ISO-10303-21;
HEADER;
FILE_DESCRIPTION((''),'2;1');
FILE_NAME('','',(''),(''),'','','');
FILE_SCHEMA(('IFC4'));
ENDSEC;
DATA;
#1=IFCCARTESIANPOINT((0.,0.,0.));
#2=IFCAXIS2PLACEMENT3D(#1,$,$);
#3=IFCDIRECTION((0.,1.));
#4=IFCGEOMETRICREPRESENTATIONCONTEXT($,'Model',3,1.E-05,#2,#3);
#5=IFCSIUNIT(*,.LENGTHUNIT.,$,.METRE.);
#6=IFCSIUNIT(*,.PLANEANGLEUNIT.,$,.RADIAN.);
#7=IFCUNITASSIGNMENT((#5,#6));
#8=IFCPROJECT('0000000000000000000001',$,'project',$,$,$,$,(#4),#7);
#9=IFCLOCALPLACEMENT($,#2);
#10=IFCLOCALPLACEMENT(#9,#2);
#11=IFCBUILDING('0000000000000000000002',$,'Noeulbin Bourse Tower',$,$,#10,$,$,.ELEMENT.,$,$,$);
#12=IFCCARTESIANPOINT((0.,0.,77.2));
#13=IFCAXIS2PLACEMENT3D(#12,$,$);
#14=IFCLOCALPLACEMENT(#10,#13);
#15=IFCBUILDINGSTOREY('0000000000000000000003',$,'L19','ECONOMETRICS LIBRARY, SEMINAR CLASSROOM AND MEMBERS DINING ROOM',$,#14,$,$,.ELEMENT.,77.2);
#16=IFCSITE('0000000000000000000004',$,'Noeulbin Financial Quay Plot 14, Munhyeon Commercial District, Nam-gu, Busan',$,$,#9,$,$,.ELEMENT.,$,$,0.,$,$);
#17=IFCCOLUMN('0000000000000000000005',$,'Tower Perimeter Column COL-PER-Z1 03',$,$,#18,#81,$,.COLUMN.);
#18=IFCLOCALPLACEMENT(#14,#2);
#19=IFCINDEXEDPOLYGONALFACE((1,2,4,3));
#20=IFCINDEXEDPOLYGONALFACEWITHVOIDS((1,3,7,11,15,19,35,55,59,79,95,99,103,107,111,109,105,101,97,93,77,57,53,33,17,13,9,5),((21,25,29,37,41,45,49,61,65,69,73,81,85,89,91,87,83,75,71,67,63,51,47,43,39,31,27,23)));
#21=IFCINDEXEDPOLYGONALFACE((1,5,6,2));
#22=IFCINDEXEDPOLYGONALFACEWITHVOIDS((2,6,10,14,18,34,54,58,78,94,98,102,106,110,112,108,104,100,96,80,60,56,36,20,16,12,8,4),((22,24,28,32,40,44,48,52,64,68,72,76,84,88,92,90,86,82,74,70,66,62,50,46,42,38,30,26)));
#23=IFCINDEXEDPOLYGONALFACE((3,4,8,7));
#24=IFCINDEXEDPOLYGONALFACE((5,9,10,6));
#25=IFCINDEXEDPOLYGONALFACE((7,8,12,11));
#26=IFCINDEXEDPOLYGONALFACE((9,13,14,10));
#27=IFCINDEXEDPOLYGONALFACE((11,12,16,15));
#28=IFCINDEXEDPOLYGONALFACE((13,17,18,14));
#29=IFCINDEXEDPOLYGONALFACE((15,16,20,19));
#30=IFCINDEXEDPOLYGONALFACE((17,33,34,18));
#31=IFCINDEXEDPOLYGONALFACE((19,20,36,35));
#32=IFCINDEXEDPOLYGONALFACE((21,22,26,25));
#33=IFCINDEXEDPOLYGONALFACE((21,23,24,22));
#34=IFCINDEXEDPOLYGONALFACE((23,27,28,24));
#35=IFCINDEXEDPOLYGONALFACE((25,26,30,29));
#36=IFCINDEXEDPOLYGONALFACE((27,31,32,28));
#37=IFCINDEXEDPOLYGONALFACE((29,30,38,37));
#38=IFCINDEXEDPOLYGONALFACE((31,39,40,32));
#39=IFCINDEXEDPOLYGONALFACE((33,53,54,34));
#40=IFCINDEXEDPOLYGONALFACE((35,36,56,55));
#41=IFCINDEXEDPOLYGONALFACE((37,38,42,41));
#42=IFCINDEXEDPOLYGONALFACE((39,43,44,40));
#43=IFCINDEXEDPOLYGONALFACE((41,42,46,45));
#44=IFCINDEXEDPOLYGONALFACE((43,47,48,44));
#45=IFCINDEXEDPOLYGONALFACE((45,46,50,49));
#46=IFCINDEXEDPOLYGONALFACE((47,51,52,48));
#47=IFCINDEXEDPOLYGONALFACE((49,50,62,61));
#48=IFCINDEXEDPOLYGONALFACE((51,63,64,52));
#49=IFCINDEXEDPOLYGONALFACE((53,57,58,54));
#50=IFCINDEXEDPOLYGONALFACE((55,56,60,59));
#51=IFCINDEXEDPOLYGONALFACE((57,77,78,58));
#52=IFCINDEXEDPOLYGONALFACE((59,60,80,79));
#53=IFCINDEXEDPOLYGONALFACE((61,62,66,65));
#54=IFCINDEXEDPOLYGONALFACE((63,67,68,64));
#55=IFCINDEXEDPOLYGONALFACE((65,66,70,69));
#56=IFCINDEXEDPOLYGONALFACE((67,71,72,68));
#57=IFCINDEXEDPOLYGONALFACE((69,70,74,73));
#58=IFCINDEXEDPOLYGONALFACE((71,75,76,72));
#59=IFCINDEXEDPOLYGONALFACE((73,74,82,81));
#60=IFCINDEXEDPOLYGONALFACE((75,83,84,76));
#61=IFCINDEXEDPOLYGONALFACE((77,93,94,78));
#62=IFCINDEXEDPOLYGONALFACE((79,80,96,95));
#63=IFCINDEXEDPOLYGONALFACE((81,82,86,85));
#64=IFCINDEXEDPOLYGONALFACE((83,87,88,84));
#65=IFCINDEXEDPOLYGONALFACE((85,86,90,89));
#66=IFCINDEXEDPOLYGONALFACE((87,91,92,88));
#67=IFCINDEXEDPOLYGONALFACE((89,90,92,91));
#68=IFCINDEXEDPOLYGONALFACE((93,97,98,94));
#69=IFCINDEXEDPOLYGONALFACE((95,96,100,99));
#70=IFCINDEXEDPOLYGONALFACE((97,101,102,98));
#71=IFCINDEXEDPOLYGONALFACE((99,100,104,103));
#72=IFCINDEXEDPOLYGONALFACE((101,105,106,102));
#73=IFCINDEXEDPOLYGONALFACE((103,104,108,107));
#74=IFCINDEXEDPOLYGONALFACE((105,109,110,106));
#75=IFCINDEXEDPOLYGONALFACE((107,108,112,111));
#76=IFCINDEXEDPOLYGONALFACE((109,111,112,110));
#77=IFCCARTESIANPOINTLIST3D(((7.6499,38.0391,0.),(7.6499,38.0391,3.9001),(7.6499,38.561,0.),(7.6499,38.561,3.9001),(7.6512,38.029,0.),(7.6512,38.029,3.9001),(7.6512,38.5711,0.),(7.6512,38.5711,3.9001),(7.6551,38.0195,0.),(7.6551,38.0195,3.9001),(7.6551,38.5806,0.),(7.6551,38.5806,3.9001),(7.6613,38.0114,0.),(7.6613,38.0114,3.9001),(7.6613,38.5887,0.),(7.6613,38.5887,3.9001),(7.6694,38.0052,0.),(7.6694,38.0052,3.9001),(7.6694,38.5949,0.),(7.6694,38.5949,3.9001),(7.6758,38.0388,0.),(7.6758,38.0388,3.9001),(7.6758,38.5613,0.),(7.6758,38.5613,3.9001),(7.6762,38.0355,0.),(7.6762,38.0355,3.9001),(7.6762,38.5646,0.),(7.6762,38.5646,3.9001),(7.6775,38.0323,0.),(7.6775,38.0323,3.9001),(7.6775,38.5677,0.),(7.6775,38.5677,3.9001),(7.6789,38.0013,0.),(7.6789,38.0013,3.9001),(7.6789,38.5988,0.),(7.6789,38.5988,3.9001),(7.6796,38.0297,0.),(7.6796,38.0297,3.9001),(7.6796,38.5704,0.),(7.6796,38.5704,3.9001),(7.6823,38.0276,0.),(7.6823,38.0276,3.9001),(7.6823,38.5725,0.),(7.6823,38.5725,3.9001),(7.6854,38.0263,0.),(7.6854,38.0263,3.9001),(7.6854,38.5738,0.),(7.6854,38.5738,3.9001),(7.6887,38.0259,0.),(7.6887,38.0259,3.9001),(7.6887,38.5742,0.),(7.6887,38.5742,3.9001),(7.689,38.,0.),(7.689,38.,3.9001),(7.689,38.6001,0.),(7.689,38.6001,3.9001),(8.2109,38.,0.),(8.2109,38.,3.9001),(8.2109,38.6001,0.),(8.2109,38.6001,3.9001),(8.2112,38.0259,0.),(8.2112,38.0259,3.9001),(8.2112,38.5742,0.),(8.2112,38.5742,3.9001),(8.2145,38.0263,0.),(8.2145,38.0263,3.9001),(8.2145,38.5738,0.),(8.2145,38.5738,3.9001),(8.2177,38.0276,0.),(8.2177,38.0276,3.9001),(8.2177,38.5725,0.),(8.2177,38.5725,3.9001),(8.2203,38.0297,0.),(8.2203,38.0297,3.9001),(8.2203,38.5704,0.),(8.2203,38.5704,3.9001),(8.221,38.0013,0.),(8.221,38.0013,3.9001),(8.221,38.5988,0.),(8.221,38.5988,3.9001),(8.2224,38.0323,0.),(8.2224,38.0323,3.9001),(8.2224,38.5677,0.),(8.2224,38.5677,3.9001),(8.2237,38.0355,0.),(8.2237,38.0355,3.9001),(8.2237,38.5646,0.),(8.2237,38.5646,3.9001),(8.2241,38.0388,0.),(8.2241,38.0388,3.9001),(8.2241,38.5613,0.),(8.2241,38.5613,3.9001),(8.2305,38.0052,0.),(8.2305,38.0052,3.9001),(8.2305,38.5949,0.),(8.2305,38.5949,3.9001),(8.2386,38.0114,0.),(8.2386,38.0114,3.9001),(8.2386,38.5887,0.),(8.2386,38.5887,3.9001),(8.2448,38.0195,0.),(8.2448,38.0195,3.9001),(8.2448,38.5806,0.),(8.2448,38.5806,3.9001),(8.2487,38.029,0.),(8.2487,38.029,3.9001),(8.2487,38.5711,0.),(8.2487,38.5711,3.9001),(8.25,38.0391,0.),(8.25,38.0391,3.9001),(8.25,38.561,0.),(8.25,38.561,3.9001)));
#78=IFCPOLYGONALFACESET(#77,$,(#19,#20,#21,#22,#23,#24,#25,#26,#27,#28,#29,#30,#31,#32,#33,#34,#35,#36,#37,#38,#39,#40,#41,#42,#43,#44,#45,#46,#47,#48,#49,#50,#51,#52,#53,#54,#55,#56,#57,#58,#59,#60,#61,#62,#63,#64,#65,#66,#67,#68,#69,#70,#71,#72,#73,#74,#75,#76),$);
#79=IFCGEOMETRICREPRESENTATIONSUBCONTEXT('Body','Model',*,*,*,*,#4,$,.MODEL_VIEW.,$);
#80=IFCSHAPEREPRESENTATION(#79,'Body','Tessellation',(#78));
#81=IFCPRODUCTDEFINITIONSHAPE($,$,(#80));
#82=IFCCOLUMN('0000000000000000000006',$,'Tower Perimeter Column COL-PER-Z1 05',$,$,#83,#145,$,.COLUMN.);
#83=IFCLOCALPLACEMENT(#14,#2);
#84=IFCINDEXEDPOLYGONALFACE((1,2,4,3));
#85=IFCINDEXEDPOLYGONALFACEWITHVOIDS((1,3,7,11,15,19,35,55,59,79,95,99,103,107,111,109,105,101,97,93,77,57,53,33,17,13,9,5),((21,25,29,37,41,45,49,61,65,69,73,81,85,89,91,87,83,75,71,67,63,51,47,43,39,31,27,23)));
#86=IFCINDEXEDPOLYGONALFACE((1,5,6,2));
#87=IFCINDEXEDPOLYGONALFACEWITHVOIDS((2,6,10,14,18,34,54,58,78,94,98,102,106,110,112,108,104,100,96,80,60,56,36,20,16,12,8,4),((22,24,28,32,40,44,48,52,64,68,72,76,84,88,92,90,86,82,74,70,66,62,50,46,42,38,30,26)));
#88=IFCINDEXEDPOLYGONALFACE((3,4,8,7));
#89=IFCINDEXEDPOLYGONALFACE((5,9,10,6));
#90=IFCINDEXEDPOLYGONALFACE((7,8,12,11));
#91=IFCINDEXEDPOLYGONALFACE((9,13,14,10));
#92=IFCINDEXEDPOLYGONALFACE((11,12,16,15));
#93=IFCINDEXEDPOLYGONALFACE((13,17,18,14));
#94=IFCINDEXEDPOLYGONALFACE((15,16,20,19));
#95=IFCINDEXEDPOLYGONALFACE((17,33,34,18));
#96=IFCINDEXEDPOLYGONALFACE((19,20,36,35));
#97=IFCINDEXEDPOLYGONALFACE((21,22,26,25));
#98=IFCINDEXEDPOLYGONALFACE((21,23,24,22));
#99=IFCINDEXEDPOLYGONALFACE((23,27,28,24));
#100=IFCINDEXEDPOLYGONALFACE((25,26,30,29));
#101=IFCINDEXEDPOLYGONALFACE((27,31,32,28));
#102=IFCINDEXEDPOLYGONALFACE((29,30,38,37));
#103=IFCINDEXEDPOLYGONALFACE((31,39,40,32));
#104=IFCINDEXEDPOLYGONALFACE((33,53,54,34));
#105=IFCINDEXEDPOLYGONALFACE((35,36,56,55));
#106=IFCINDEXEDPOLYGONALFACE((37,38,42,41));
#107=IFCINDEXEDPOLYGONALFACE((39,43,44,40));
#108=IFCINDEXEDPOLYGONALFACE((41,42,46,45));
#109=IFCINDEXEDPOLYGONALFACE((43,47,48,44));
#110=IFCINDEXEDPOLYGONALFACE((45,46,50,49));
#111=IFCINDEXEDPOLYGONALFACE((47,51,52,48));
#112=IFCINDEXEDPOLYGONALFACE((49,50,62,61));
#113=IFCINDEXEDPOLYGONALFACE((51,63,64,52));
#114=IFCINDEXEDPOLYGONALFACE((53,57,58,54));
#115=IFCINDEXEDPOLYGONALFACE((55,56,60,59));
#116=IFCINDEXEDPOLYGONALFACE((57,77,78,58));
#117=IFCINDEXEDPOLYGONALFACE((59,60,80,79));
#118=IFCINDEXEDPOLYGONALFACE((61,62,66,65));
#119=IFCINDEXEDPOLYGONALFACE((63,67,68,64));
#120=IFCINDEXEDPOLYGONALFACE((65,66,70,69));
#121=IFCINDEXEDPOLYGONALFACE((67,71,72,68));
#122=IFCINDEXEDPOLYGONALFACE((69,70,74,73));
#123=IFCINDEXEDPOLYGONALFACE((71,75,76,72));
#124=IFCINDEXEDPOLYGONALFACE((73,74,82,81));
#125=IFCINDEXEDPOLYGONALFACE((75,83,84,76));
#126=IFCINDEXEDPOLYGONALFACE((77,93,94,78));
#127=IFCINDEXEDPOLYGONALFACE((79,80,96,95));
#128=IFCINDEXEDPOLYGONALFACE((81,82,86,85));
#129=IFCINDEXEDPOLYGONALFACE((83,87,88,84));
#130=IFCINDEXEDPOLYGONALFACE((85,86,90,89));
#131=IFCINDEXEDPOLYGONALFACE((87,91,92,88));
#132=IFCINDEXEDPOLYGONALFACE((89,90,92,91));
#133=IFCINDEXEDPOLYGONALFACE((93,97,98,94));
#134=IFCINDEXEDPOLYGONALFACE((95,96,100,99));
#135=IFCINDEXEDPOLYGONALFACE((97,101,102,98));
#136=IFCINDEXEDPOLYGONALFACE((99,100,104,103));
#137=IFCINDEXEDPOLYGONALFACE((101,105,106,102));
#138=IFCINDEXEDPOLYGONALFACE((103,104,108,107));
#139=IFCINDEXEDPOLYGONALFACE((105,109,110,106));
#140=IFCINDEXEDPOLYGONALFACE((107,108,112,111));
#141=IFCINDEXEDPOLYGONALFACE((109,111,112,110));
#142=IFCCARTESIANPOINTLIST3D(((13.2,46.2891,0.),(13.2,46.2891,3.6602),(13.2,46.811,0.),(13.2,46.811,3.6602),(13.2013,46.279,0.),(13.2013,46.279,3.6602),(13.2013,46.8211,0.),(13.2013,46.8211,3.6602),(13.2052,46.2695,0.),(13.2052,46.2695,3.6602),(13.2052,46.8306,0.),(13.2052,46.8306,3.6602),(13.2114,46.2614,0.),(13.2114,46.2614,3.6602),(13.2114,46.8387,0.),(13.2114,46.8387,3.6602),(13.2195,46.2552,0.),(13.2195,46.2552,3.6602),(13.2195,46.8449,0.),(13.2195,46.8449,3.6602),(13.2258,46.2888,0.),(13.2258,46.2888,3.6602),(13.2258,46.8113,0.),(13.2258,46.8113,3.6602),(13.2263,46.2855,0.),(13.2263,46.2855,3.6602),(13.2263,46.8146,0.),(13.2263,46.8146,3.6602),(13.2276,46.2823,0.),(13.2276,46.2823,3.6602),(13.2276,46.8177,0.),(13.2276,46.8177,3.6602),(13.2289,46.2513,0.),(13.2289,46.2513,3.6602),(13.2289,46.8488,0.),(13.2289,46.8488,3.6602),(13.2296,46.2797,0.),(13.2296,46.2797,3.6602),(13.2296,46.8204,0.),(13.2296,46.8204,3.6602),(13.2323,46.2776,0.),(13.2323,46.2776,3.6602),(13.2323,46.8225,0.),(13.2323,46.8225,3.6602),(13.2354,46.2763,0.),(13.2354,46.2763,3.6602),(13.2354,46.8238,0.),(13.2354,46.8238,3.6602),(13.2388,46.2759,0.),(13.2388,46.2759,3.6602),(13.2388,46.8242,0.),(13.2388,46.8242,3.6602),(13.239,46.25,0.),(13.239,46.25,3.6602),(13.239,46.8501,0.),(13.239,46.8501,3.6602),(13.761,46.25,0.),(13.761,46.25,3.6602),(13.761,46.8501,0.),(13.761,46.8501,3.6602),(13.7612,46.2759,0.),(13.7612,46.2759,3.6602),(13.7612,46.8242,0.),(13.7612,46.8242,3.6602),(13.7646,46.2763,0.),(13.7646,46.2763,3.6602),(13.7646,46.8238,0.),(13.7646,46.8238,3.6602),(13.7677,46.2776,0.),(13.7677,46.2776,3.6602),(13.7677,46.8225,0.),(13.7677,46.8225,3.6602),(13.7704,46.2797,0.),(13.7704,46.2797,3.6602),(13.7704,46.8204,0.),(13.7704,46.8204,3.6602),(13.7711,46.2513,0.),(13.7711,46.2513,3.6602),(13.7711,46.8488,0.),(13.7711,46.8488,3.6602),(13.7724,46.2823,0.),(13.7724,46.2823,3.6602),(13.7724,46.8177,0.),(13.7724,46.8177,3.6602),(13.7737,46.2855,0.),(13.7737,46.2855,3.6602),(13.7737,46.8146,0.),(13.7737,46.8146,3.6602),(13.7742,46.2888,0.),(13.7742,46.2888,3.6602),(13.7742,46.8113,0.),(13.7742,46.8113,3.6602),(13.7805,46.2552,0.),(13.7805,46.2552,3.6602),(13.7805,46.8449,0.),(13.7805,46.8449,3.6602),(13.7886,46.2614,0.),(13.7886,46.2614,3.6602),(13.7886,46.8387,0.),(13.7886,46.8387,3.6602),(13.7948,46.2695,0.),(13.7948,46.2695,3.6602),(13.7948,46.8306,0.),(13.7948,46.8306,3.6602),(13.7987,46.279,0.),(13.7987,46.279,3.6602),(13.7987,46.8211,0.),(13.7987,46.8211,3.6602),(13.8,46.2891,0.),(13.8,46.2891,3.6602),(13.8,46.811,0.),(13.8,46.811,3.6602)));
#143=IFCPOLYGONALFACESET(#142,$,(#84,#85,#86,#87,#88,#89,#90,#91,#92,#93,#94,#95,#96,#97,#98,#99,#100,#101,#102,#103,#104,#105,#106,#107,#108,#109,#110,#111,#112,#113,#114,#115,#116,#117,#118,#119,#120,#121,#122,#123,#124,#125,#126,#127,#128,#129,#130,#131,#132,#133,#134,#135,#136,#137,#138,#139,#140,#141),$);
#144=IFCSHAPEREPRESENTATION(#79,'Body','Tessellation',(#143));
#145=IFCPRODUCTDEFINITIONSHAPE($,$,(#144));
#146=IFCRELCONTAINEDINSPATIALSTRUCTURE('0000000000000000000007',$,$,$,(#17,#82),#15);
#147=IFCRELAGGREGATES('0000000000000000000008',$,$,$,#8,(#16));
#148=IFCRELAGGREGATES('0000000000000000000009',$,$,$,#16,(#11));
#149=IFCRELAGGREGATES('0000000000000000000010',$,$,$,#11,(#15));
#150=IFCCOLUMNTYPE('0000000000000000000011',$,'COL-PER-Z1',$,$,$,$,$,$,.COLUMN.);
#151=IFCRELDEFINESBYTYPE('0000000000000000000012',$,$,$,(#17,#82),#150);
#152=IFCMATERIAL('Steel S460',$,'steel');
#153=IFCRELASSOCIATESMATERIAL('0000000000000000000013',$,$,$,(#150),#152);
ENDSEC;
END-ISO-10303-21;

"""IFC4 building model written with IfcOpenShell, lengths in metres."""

from ifc_helpers import new_model, si_unit, direction, frame, origin, origin_2d, place, context, subcontext, project, spatial, hollow_rectangle, extrude, material, material_profile, profile_set, type_object, element, save


model = new_model("IFC4")

# Units and contexts
model_context = context("Model", 3, precision=1e-05, world=origin(), true_north=direction((0.0, 1.0)))
body_context = subcontext(model_context, "Body", "Model", "MODEL_VIEW")
ifc_project = project(units=[si_unit("LENGTHUNIT", "METRE"), si_unit("PLANEANGLEUNIT", "RADIAN")], contexts=[model_context])

# Site, building, storey
site_placement = place(None, origin())
site = spatial("IfcSite", under=ifc_project, at=site_placement, Name="Noeulbin Financial Quay Plot 14, Munhyeon Commercial District, Nam-gu, Busan", CompositionType="ELEMENT", RefElevation=0.0)
building_placement = place(site_placement, origin())
building = spatial("IfcBuilding", under=site, at=building_placement, Name="Noeulbin Bourse Tower", CompositionType="ELEMENT")
storey_placement = place(building_placement, frame((0.0, 0.0, 77.2)))
storey = spatial("IfcBuildingStorey", under=building, at=storey_placement, Name="L19", Description="ECONOMETRICS LIBRARY, SEMINAR CLASSROOM AND MEMBERS DINING ROOM", CompositionType="ELEMENT", Elevation=77.2)

# Columns
ifc_material_1 = material(Name="Steel S460", Category="steel")
ifc_material_profile_1 = material_profile(ifc_material_1, hollow_rectangle(XDim=0.6001, YDim=0.6001, WallThickness=0.0259, InnerFilletRadius=0.0129, OuterFilletRadius=0.0391, at=origin_2d()), Name="BOX-600x600x26", Category="LoadBearing")
ifc_profile_set_1 = profile_set([ifc_material_profile_1], Name="Steel S460")
column_type_1 = type_object("IfcColumnType", Name="COL-PER-Z1", PredefinedType="COLUMN", material=ifc_profile_set_1)
column_1_placement = place(storey_placement, frame((7.95, 38.3, 0.0), z_axis=(0.0, 0.0, 1.0), x_axis=(1.0, 0.0, 0.0)))
element("IfcColumn", 1, at=column_1_placement, inside=storey, type_object=column_type_1, Name="Tower Perimeter Column COL-PER-Z1 03", PredefinedType="COLUMN", context=body_context, shape_type="SweptSolid", body=[
    extrude(hollow_rectangle(XDim=0.6001, YDim=0.6001, WallThickness=0.0259, InnerFilletRadius=0.0129, OuterFilletRadius=0.0391, at=origin_2d()), origin(), (0.0, 0.0, 1.0), 3.9001),
])
column_2_placement = place(storey_placement, frame((13.5, 46.55, 0.0), z_axis=(0.0, 0.0, 1.0), x_axis=(1.0, 0.0, 0.0)))
element("IfcColumn", 2, at=column_2_placement, inside=storey, type_object=column_type_1, Name="Tower Perimeter Column COL-PER-Z1 05", PredefinedType="COLUMN", context=body_context, shape_type="SweptSolid", body=[
    extrude(hollow_rectangle(XDim=0.6001, YDim=0.6001, WallThickness=0.0259, InnerFilletRadius=0.0129, OuterFilletRadius=0.0391, at=origin_2d()), origin(), (0.0, 0.0, 1.0), 3.6602),
])

save(model, "model.ifc")
